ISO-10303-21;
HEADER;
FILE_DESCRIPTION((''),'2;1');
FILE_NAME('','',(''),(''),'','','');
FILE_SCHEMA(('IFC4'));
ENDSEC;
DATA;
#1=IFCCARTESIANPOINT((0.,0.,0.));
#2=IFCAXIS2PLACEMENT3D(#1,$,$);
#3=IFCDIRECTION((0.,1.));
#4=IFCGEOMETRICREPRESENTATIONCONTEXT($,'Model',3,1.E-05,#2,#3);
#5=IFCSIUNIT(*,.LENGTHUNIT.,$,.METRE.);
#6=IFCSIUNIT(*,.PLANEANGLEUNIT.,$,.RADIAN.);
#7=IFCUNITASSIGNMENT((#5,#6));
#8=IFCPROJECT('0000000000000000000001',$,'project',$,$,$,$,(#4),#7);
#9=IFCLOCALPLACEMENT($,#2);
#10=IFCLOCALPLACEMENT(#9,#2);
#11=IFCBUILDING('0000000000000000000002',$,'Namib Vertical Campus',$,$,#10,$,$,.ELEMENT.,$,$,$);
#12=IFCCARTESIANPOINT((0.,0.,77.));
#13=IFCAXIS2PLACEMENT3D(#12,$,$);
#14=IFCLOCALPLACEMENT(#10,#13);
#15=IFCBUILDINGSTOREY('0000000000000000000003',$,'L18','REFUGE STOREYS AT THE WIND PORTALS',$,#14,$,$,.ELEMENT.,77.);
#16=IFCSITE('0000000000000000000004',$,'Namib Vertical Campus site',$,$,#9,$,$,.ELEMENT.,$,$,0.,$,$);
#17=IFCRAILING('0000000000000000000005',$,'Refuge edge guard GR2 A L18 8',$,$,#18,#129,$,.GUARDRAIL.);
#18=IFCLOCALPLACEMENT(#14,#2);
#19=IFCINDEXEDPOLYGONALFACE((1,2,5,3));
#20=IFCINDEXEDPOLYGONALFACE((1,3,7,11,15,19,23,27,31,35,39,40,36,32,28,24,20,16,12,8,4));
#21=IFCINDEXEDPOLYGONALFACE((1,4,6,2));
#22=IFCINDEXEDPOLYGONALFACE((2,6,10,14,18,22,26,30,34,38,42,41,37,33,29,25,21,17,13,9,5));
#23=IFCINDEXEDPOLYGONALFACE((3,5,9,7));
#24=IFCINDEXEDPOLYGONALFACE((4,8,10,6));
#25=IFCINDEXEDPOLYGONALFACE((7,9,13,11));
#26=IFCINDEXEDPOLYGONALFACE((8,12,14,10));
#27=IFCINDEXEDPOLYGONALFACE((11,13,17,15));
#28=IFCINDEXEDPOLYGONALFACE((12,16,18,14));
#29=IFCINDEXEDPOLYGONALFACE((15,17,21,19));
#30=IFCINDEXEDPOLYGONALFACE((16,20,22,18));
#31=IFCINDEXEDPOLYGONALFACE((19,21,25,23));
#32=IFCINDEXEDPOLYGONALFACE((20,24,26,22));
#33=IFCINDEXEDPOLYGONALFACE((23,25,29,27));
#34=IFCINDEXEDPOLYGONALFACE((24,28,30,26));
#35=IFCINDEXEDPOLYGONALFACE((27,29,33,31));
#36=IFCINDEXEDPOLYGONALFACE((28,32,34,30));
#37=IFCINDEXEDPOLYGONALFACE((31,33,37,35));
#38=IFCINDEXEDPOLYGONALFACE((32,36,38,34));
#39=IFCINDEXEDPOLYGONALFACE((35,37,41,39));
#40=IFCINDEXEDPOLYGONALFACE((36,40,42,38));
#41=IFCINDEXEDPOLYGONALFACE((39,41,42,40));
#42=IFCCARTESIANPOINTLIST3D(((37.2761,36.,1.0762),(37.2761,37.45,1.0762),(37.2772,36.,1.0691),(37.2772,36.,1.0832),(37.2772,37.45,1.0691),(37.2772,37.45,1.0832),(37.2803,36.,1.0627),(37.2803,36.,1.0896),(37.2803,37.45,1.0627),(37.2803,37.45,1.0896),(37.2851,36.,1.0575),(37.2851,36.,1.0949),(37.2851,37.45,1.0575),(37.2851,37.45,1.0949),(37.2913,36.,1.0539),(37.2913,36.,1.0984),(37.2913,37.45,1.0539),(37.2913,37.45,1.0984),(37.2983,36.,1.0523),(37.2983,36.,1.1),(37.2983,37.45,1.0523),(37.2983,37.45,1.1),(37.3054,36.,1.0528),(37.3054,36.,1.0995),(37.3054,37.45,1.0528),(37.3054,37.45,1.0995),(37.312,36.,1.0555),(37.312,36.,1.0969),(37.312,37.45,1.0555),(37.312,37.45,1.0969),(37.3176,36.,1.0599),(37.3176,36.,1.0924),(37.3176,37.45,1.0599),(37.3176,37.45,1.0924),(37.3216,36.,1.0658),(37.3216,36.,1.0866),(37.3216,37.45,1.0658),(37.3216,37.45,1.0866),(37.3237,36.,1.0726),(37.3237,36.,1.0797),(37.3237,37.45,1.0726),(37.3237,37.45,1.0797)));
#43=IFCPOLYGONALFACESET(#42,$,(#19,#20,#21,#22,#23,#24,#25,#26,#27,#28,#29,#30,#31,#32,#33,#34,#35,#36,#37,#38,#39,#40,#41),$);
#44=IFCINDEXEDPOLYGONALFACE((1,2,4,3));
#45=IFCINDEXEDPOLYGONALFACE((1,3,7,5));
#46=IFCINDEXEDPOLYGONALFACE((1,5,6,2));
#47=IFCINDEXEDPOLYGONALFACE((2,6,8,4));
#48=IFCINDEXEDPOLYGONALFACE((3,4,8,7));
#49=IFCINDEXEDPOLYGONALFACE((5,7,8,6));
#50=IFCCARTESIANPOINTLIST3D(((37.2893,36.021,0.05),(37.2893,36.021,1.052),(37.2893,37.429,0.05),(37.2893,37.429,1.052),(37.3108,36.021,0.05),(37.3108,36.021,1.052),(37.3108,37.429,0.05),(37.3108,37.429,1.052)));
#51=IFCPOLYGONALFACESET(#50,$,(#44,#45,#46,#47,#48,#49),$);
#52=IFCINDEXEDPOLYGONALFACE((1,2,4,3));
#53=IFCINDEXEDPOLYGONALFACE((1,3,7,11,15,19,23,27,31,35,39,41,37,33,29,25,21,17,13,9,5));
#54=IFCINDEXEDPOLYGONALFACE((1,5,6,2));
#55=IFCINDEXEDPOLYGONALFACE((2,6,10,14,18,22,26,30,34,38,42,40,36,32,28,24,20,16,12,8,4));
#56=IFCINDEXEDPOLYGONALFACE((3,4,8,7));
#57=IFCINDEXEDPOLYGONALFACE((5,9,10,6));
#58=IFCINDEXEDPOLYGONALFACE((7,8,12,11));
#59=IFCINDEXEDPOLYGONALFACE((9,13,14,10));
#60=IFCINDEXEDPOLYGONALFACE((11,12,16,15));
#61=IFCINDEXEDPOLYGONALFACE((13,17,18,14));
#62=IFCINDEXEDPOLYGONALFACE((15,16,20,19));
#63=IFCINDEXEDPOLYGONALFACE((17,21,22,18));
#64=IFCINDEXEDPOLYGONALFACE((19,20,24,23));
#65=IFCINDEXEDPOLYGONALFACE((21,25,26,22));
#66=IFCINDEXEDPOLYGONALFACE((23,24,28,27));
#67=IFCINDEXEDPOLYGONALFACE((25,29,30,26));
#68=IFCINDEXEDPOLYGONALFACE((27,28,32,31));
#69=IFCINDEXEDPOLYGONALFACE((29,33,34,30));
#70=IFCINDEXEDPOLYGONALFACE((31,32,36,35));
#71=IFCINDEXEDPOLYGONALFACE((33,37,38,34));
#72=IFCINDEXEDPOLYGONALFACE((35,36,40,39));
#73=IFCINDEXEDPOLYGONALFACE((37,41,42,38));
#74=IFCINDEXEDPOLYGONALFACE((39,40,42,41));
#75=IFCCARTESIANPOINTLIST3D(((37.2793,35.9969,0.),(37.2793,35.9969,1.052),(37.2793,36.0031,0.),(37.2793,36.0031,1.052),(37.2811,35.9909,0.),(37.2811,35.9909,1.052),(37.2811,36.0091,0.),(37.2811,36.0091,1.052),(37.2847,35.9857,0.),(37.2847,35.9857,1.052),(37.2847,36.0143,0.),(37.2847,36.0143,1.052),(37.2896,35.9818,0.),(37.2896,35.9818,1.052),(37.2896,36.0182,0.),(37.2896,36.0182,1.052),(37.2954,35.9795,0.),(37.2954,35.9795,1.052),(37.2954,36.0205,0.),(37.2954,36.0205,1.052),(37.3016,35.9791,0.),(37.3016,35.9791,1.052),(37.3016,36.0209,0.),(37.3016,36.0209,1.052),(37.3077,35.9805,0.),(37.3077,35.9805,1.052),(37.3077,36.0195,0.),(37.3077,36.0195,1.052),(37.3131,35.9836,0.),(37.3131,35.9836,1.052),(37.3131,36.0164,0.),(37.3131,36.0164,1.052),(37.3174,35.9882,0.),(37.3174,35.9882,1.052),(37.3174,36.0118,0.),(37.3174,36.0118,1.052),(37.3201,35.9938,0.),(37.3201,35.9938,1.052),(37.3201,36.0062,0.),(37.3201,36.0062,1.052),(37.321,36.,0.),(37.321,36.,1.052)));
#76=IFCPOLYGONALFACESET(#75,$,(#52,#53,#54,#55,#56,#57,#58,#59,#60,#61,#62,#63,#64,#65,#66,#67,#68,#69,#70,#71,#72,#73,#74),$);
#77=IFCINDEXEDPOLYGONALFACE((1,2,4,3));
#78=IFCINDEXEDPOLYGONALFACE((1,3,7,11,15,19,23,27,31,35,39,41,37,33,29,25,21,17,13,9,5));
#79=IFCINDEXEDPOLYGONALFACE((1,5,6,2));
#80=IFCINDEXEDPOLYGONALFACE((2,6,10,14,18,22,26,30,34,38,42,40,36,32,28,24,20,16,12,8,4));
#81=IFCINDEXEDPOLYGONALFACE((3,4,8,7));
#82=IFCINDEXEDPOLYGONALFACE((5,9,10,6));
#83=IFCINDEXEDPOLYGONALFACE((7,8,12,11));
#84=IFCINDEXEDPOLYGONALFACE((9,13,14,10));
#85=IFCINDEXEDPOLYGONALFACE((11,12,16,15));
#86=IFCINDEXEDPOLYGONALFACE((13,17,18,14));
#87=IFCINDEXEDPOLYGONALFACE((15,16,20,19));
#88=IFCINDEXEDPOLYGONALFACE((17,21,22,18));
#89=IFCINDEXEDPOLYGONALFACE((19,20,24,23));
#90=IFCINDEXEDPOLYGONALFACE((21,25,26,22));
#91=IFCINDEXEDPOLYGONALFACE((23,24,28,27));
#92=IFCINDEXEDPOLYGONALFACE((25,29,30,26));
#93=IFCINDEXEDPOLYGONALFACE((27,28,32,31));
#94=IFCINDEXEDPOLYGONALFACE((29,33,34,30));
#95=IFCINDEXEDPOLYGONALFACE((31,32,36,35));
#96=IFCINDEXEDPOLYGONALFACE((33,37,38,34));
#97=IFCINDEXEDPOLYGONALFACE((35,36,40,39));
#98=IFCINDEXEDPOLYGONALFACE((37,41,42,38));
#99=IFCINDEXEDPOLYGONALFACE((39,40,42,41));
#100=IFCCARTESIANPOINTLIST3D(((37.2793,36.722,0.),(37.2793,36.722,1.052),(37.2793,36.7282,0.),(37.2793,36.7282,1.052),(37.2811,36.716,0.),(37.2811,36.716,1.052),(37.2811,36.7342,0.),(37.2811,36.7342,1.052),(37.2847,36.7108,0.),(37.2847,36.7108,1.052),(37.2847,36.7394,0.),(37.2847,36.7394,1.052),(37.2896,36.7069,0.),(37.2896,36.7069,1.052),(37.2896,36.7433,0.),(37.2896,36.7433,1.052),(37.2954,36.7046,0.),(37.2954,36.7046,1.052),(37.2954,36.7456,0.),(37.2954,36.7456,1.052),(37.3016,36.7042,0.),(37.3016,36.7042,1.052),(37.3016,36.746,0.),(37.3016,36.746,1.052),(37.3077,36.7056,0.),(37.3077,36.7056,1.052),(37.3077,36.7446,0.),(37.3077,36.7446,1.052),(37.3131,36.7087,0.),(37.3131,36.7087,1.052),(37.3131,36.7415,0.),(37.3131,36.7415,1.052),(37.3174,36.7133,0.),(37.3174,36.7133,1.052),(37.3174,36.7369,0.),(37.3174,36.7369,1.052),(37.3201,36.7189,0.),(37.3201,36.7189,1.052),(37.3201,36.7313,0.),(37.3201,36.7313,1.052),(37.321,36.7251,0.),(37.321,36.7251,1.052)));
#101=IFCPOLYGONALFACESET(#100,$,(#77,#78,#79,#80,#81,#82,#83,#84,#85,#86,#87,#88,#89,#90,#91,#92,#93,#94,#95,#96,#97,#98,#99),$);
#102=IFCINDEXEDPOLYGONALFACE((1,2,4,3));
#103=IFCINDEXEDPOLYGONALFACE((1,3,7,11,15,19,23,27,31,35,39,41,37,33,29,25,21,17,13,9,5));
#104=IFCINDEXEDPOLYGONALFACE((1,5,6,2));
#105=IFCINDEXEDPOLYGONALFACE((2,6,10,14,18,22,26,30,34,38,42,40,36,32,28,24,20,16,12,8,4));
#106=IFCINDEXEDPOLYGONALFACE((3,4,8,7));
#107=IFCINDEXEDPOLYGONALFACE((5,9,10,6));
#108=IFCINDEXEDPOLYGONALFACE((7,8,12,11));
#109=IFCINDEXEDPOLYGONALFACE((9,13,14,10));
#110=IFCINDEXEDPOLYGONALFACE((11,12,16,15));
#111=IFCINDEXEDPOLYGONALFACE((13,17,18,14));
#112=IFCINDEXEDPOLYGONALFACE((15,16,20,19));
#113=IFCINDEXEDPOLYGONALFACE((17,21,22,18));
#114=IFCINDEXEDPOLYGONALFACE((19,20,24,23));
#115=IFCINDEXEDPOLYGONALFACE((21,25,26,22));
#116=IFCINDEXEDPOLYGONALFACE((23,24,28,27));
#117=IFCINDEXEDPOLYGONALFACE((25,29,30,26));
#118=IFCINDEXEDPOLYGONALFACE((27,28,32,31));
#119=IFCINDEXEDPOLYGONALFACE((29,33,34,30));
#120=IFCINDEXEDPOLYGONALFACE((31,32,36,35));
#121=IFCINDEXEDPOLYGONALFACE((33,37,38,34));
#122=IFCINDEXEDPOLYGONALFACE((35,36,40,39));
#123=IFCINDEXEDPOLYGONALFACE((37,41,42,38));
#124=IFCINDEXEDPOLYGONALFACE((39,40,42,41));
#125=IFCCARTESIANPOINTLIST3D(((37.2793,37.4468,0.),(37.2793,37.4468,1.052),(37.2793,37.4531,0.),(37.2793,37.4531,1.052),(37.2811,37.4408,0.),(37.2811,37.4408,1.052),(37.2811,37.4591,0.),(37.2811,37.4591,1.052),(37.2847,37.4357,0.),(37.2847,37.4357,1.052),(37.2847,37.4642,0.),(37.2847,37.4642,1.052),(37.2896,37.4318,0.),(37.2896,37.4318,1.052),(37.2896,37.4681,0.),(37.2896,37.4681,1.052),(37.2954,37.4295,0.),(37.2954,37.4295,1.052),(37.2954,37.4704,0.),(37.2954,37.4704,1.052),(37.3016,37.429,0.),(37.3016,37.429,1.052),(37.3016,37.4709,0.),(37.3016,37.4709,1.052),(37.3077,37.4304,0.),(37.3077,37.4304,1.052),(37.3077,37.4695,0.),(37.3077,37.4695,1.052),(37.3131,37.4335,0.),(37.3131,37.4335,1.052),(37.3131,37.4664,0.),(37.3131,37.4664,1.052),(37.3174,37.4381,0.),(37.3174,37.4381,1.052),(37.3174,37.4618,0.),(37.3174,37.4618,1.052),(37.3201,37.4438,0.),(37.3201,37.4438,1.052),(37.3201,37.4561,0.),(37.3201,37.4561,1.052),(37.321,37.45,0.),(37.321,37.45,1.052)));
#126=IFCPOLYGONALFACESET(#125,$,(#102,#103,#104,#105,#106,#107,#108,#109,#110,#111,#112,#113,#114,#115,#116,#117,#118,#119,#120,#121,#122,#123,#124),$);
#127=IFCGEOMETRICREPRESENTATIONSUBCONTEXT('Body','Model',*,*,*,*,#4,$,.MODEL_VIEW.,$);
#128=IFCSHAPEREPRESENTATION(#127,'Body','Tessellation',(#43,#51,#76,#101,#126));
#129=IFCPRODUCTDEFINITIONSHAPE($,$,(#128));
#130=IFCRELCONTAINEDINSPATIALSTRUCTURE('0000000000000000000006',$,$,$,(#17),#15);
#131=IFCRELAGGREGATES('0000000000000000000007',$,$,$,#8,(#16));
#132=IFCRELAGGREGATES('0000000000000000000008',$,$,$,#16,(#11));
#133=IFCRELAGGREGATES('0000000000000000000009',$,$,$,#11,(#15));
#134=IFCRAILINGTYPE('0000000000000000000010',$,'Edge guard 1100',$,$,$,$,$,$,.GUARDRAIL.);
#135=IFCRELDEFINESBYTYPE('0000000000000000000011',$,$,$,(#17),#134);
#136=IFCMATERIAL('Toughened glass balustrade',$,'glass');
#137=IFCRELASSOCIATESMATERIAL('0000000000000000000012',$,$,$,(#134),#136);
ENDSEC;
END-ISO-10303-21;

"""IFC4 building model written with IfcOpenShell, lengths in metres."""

from ifc_helpers import new_model, si_unit, direction, frame, origin, origin_2d, place, context, subcontext, project, spatial, polyline, circle, outline, extrude, material, type_object, element, save


model = new_model("IFC4")

# Units and contexts
model_context = context("Model", 3, precision=1e-05, world=origin(), true_north=direction((0.0, 1.0)))
body_context = subcontext(model_context, "Body", "Model", "MODEL_VIEW")
ifc_project = project(units=[si_unit("LENGTHUNIT", "METRE"), si_unit("PLANEANGLEUNIT", "RADIAN")], contexts=[model_context])

# Site, building, storey
site_placement = place(None, origin())
site = spatial("IfcSite", under=ifc_project, at=site_placement, Name="Namib Vertical Campus site", CompositionType="ELEMENT", RefElevation=0.0)
building_placement = place(site_placement, origin())
building = spatial("IfcBuilding", under=site, at=building_placement, Name="Namib Vertical Campus", CompositionType="ELEMENT")
storey_placement = place(building_placement, frame((0.0, 0.0, 77.0)))
storey = spatial("IfcBuildingStorey", under=building, at=storey_placement, Name="L18", Description="REFUGE STOREYS AT THE WIND PORTALS", CompositionType="ELEMENT", Elevation=77.0)

# Railing
ifc_material_1 = material(Name="Toughened glass balustrade", Category="glass")
railing_type = type_object("IfcRailingType", Name="Edge guard 1100", PredefinedType="GUARDRAIL", material=ifc_material_1)
railing_1_placement = place(storey_placement, frame((37.3, 36.0, 0.0)))
element("IfcRailing", 1, at=railing_1_placement, inside=storey, type_object=railing_type, Name="Refuge edge guard GR2 A L18 8", PredefinedType="GUARDRAIL", context=body_context, shape_type="SweptSolid", body=[
    extrude(circle(Radius=0.0239, at=origin_2d()), frame((0.0, 0.0, 1.0762), z_axis=(0.0, 1.0, 0.0), x_axis=(-1.0, 0.0, 0.0)), (0.0, 0.0, 1.0), 1.45),
    extrude(outline(polyline([(0.021, 0.05), (1.429, 0.05), (1.429, 1.052), (0.021, 1.052), (0.021, 0.05)])), frame((-0.0107, 0.0, 0.0), z_axis=(1.0, 0.0, 0.0), x_axis=(0.0, 1.0, 0.0)), (0.0, 0.0, 1.0), 0.0215),
    extrude(circle(Radius=0.021, at=origin_2d()), origin(), (0.0, 0.0, 1.0), 1.052),
    extrude(circle(Radius=0.021, at=origin_2d()), frame((0.0, 0.7251, 0.0)), (0.0, 0.0, 1.0), 1.052),
    extrude(circle(Radius=0.021, at=origin_2d()), frame((0.0, 1.45, 0.0)), (0.0, 0.0, 1.0), 1.052),
])

save(model, "model.ifc")
